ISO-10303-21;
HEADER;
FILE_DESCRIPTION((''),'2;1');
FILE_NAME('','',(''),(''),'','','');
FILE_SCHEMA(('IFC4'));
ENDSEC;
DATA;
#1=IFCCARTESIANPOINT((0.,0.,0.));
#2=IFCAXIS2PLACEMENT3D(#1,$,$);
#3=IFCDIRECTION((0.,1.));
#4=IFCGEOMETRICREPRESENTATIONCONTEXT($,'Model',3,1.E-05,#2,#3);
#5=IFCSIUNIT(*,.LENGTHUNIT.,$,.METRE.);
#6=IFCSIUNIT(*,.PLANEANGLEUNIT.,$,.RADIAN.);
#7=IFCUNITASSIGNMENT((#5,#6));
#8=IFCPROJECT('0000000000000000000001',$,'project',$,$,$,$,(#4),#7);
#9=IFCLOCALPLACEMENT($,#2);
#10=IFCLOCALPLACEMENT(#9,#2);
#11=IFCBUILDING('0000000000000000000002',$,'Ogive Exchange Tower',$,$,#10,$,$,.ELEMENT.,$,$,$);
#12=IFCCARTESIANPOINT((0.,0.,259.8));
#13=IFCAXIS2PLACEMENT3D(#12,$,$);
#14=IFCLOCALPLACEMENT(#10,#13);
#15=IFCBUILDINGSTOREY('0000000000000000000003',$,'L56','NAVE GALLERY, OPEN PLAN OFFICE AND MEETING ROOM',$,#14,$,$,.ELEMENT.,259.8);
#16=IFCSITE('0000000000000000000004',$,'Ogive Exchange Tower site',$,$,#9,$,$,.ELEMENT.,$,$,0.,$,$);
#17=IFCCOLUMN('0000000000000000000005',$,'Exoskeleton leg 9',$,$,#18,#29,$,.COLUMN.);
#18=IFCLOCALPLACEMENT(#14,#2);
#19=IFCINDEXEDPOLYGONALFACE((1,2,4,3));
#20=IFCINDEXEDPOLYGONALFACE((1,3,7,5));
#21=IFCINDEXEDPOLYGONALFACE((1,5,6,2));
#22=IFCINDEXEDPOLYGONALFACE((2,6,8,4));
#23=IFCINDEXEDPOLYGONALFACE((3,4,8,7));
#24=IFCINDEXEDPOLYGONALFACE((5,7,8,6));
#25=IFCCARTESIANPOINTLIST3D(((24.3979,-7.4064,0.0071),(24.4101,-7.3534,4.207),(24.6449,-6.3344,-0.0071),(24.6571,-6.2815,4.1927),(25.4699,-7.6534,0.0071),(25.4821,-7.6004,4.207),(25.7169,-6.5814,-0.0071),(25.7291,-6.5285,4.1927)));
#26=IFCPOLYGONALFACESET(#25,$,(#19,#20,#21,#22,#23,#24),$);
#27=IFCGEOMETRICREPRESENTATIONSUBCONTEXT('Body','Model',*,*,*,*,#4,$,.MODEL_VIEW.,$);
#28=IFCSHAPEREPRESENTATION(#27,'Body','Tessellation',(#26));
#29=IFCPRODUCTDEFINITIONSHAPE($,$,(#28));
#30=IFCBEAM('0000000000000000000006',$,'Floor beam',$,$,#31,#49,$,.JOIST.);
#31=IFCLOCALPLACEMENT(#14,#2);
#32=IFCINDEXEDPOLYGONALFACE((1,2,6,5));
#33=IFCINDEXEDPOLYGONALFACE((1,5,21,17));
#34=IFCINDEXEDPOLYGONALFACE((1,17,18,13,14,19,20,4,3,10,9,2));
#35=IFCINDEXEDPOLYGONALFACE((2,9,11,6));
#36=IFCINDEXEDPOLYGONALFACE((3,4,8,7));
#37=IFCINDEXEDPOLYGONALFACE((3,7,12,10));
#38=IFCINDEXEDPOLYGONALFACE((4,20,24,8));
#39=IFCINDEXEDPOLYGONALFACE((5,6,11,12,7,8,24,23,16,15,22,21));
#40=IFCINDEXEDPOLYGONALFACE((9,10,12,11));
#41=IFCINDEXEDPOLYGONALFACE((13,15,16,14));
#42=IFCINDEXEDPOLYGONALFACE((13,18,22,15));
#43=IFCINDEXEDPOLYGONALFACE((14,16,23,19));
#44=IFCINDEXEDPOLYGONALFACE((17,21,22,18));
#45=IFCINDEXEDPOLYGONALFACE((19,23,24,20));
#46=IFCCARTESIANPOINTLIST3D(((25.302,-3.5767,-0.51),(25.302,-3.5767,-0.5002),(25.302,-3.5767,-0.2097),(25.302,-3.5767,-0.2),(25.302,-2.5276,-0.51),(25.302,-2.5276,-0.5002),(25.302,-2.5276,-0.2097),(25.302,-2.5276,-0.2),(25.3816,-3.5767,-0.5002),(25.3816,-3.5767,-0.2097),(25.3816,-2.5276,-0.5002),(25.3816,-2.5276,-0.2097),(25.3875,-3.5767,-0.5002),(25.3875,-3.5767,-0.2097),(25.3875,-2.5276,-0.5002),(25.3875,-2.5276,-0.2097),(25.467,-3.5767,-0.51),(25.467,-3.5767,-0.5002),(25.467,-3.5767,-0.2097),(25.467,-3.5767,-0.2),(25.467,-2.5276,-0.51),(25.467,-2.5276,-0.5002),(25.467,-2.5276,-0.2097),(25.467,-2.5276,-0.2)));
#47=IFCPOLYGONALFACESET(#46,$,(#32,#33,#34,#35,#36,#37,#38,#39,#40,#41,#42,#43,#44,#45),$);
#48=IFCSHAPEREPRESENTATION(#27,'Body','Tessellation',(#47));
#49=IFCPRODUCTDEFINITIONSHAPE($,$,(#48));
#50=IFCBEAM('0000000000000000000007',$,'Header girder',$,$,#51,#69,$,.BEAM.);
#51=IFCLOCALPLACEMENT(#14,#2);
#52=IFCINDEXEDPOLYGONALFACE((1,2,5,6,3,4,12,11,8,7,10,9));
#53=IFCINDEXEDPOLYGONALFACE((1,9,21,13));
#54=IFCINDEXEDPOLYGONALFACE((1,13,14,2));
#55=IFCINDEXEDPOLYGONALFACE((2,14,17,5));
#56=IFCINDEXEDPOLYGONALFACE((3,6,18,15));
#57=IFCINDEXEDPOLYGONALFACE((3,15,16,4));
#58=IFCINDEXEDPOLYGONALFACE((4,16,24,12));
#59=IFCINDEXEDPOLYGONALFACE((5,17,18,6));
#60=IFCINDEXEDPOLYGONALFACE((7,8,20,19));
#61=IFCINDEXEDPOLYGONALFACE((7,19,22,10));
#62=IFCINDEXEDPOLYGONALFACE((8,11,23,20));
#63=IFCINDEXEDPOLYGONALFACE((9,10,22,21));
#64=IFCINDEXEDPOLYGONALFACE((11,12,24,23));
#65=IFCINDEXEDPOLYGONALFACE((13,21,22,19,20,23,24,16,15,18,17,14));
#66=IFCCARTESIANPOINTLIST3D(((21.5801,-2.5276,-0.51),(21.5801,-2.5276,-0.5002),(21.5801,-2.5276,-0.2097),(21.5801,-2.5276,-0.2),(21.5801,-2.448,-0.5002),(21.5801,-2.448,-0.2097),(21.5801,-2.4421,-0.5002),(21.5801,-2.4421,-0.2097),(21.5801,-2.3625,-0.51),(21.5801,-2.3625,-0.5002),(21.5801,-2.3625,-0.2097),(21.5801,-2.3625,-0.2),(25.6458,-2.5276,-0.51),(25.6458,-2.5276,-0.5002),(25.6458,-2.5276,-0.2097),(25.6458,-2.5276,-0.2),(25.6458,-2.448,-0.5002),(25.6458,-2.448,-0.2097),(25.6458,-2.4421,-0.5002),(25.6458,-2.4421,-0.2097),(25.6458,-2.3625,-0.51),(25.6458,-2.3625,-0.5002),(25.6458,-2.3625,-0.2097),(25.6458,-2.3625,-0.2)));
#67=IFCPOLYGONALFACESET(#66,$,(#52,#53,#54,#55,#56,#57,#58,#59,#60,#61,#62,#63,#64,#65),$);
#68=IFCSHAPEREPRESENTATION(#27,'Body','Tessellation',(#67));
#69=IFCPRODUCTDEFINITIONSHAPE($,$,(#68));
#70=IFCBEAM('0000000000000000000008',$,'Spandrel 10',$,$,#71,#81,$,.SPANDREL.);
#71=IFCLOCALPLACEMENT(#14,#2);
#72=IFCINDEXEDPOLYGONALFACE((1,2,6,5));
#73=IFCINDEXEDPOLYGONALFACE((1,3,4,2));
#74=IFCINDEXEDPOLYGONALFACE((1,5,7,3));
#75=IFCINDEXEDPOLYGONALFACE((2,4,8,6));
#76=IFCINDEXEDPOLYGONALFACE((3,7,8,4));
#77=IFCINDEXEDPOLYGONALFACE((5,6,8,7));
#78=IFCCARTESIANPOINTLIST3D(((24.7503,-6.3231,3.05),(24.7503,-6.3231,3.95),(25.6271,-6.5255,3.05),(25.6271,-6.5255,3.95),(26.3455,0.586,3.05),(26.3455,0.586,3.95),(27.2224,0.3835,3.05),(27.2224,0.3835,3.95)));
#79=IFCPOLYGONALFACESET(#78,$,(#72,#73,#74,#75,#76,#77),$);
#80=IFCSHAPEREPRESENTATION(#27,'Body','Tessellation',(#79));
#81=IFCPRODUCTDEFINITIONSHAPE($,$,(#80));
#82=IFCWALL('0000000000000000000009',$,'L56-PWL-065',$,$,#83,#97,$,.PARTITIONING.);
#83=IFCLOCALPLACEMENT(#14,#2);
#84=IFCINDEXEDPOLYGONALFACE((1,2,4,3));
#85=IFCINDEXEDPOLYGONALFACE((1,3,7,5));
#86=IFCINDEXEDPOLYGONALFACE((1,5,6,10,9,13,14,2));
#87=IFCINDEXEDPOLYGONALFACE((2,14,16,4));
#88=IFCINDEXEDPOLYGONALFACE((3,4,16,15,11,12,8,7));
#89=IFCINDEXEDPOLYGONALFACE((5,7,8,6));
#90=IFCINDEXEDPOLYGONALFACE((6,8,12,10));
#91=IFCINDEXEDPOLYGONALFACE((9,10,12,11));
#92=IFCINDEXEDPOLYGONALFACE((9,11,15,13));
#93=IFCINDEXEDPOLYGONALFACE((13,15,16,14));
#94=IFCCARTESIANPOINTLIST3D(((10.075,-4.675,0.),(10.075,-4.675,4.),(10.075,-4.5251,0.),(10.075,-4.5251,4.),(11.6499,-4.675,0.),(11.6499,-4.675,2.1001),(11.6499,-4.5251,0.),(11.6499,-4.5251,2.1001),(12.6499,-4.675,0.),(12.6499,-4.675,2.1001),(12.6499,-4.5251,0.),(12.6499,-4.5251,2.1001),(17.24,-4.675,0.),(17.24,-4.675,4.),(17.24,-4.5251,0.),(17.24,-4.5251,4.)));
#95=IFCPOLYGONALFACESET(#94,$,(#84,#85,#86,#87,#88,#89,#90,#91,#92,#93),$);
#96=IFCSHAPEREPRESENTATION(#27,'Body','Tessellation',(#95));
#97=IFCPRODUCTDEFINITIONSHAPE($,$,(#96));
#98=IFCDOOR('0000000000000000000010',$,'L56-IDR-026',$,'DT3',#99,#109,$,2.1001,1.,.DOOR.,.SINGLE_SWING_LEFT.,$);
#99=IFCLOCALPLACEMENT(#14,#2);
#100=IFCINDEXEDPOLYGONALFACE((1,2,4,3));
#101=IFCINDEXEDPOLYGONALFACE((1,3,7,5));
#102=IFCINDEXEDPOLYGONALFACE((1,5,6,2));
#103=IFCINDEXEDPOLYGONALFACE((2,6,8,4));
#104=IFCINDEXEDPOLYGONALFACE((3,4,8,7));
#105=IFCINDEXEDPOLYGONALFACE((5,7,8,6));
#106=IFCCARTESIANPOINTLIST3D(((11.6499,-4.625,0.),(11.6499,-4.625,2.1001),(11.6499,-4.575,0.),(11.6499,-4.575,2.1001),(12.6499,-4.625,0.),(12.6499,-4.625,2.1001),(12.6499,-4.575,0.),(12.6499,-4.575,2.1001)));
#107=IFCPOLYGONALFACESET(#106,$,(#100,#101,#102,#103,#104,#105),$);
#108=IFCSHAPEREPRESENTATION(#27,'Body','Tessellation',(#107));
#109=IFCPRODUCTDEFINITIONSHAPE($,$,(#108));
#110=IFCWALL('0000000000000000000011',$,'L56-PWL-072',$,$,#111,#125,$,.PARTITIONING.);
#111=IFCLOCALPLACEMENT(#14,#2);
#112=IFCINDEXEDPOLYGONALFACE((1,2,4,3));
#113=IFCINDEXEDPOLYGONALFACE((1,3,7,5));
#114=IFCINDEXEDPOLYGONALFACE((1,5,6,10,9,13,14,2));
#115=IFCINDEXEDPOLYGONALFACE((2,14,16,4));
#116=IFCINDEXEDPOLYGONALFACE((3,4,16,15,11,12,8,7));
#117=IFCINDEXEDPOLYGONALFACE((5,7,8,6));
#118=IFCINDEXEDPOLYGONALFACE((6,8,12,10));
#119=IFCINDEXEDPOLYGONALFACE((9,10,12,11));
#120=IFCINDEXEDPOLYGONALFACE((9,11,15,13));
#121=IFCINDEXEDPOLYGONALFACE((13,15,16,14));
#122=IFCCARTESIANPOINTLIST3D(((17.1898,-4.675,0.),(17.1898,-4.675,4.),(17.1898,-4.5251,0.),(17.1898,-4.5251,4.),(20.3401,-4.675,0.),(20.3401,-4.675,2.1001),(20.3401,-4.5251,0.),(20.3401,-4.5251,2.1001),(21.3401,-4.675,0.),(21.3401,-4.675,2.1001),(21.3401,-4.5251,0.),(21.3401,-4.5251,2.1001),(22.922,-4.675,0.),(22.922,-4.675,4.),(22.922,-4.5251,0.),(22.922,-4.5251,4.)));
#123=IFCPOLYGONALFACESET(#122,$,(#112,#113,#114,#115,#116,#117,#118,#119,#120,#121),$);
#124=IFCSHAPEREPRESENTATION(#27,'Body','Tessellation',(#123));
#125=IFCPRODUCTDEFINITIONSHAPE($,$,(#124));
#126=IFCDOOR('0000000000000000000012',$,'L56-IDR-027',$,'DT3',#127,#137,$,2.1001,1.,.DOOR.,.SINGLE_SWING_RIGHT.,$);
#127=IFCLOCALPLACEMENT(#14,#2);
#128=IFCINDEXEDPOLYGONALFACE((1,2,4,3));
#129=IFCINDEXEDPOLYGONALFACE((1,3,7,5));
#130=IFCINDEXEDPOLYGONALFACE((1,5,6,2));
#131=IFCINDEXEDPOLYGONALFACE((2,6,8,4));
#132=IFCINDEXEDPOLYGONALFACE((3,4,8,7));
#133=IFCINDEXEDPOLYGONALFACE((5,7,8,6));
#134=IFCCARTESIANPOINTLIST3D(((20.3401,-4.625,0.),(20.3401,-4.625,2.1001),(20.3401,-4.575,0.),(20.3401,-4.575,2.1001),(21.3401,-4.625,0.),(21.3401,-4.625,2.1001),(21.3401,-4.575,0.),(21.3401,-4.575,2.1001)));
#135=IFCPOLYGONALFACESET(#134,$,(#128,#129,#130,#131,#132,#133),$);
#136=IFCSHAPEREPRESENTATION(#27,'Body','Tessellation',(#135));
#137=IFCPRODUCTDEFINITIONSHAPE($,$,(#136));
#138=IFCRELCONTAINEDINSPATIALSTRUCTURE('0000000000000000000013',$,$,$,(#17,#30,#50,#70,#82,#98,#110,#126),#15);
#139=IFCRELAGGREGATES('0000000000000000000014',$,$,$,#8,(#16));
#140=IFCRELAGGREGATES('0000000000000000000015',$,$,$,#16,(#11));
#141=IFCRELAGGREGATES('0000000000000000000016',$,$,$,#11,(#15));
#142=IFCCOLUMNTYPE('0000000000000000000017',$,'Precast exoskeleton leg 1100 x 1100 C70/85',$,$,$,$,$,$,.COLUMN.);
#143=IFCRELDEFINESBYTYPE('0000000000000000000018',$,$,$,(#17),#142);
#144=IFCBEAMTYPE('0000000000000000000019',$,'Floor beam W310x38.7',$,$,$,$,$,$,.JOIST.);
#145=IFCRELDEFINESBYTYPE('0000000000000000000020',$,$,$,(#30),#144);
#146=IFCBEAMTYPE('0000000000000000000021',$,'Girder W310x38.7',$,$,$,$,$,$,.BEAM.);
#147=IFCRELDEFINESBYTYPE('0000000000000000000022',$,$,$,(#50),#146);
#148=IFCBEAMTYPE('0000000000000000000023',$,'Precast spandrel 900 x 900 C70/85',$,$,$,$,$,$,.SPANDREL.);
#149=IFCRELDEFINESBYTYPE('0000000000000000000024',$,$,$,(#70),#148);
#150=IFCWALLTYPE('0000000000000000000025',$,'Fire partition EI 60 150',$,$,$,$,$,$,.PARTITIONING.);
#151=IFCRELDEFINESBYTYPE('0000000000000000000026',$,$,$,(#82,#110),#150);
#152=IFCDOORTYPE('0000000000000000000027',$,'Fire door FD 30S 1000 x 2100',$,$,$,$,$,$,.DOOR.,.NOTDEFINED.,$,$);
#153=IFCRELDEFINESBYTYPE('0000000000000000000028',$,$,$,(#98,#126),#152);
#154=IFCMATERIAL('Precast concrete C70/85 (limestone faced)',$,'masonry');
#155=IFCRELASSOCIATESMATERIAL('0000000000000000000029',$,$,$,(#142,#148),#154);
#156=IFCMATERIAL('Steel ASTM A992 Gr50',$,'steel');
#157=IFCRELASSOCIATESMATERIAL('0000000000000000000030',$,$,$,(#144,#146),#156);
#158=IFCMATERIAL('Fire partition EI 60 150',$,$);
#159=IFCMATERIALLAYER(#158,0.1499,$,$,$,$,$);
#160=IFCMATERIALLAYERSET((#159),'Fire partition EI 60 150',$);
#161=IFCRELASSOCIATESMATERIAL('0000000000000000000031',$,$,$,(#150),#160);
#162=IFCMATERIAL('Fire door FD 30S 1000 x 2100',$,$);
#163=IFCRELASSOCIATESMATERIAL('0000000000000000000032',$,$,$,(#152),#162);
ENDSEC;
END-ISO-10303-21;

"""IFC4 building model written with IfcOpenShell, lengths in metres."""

from ifc_helpers import new_model, si_unit, direction, frame, frame_2d, origin, origin_2d, place, context, subcontext, project, spatial, rectangle, i_section, extrude, material, layer, layer_set, material_profile, profile_set, type_object, element, fill, save


model = new_model("IFC4")

# Units and contexts
model_context = context("Model", 3, precision=1e-05, world=origin(), true_north=direction((0.0, 1.0)))
body_context = subcontext(model_context, "Body", "Model", "MODEL_VIEW")
ifc_project = project(units=[si_unit("LENGTHUNIT", "METRE"), si_unit("PLANEANGLEUNIT", "RADIAN")], contexts=[model_context])

# Site, building, storey
site_placement = place(None, origin())
site = spatial("IfcSite", under=ifc_project, at=site_placement, Name="Ogive Exchange Tower site", CompositionType="ELEMENT", RefElevation=0.0)
building_placement = place(site_placement, origin())
building = spatial("IfcBuilding", under=site, at=building_placement, Name="Ogive Exchange Tower", CompositionType="ELEMENT")
storey_placement = place(building_placement, frame((0.0, 0.0, 259.8)))
storey = spatial("IfcBuildingStorey", under=building, at=storey_placement, Name="L56", Description="NAVE GALLERY, OPEN PLAN OFFICE AND MEETING ROOM", CompositionType="ELEMENT", Elevation=259.8)

# Column
ifc_material_1 = material(Name="Precast concrete C70/85 (limestone faced)", Category="masonry")
ifc_material_profile_1 = material_profile(ifc_material_1, rectangle(XDim=1.1001, YDim=1.1001, at=origin_2d()), Name="1100 x 1100")
ifc_profile_set_1 = profile_set([ifc_material_profile_1], Name="Precast concrete C70/85 (limestone faced)")
column_type = type_object("IfcColumnType", Name="Precast exoskeleton leg 1100 x 1100 C70/85", PredefinedType="COLUMN", material=ifc_profile_set_1)
column_placement = place(storey_placement, frame((25.0574, -6.9939, 0.0), z_axis=(0.002906, 0.012613, 0.999916), x_axis=(-0.974467, 0.224532, 0.0)))
element("IfcColumn", 1, at=column_placement, inside=storey, type_object=column_type, Name="Exoskeleton leg 9", PredefinedType="COLUMN", context=body_context, shape_type="SweptSolid", body=[
    extrude(rectangle(XDim=1.1001, YDim=1.1001, at=origin_2d()), origin(), (0.0, 0.0, 1.0), 4.2002),
])

# Beams
ifc_material_2 = material(Name="Steel ASTM A992 Gr50", Category="steel")
ifc_material_profile_2 = material_profile(ifc_material_2, i_section(OverallWidth=0.165, OverallDepth=0.3101, WebThickness=0.0059, FlangeThickness=0.0098, at=origin_2d()), Name="W310x38.7")
ifc_profile_set_2 = profile_set([ifc_material_profile_2], Name="Steel ASTM A992 Gr50")
beam_type_1 = type_object("IfcBeamType", Name="Floor beam W310x38.7", PredefinedType="JOIST", material=ifc_profile_set_2)
beam_1_placement = place(storey_placement, frame((25.3845, -3.5767, -0.355), z_axis=(0.0, 1.0, 0.0), x_axis=(-1.0, 0.0, 0.0)))
element("IfcBeam", 2, at=beam_1_placement, inside=storey, type_object=beam_type_1, Name="Floor beam", PredefinedType="JOIST", context=body_context, shape_type="SweptSolid", body=[
    extrude(i_section(OverallWidth=0.165, OverallDepth=0.3101, WebThickness=0.0059, FlangeThickness=0.0098, at=origin_2d()), origin(), (0.0, 0.0, 1.0), 1.0491),
])
ifc_material_profile_3 = material_profile(ifc_material_2, i_section(OverallWidth=0.165, OverallDepth=0.3101, WebThickness=0.0059, FlangeThickness=0.0098, at=origin_2d()), Name="W310x38.7")
ifc_profile_set_3 = profile_set([ifc_material_profile_3], Name="Steel ASTM A992 Gr50")
beam_type_2 = type_object("IfcBeamType", Name="Girder W310x38.7", PredefinedType="BEAM", material=ifc_profile_set_3)
beam_2_placement = place(storey_placement, frame((21.5801, -2.4451, -0.355), z_axis=(1.0, 0.0, 0.0), x_axis=(0.0, 1.0, 0.0)))
element("IfcBeam", 3, at=beam_2_placement, inside=storey, type_object=beam_type_2, Name="Header girder", PredefinedType="BEAM", context=body_context, shape_type="SweptSolid", body=[
    extrude(i_section(OverallWidth=0.165, OverallDepth=0.3101, WebThickness=0.0059, FlangeThickness=0.0098, at=origin_2d()), origin(), (0.0, 0.0, 1.0), 4.0657),
])
ifc_material_profile_4 = material_profile(ifc_material_1, rectangle(XDim=0.8999, YDim=0.8999, at=origin_2d()), Name="900 x 900")
ifc_profile_set_4 = profile_set([ifc_material_profile_4], Name="Precast concrete C70/85 (limestone faced)")
beam_type_3 = type_object("IfcBeamType", Name="Precast spandrel 900 x 900 C70/85", PredefinedType="SPANDREL", material=ifc_profile_set_4)
beam_3_placement = place(storey_placement, frame((25.1887, -6.4243, 3.5), z_axis=(0.224973, 0.974365, 0.0), x_axis=(-0.974365, 0.224973, 0.0)))
element("IfcBeam", 4, at=beam_3_placement, inside=storey, type_object=beam_type_3, Name="Spandrel 10", PredefinedType="SPANDREL", context=body_context, shape_type="SweptSolid", body=[
    extrude(rectangle(XDim=0.8999, YDim=0.8999, at=origin_2d()), origin(), (0.0, 0.0, 1.0), 7.0908),
])

# Walls, openings, doors
ifc_material_3 = material(Name="Fire partition EI 60 150")
ifc_layer_1 = layer(ifc_material_3, 0.1499)
ifc_layer_set_1 = layer_set([ifc_layer_1], Name="Fire partition EI 60 150")
wall_type_1 = type_object("IfcWallType", Name="Fire partition EI 60 150", PredefinedType="PARTITIONING", material=ifc_layer_set_1)
wall_1_placement = place(storey_placement, frame((17.24, -4.6001, 0.0), z_axis=(0.0, 0.0, 1.0), x_axis=(-1.0, 0.0, 0.0)))
wall_1 = element("IfcWall", 5, at=wall_1_placement, inside=storey, type_object=wall_type_1, Name="L56-PWL-065", PredefinedType="PARTITIONING", context=body_context, shape_type="SweptSolid", body=[
    extrude(rectangle(XDim=7.165, YDim=0.1499, at=frame_2d((3.5825, 0.0))), origin(), (0.0, 0.0, 1.0), 4.0),
])
opening_1_placement = place(wall_1_placement, frame((4.5901, 0.0, 0.0)))
opening_1 = element("IfcOpeningElement", 6, at=opening_1_placement, cuts=wall_1, PredefinedType="OPENING", context=body_context, shape_type="SweptSolid", body=[
    extrude(rectangle(XDim=1.0, YDim=2.1001, at=frame_2d((0.5, 1.05))), frame((0.0, 0.085, 0.0), z_axis=(0.0, -1.0, 0.0), x_axis=(1.0, 0.0, 0.0)), (0.0, 0.0, 1.0), 0.1699),
])
ifc_material_4 = material(Name="Fire door FD 30S 1000 x 2100")
door_type_1 = type_object("IfcDoorType", Name="Fire door FD 30S 1000 x 2100", OperationType="NOTDEFINED", PredefinedType="DOOR", material=ifc_material_4)
door_1_placement = place(opening_1_placement, origin())
door_1 = element("IfcDoor", 7, at=door_1_placement, inside=storey, type_object=door_type_1, Name="L56-IDR-026", ObjectType="DT3", OperationType="SINGLE_SWING_LEFT", OverallHeight=2.1001, OverallWidth=1.0, PredefinedType="DOOR", context=body_context, shape_type="SweptSolid", body=[
    extrude(rectangle(XDim=1.0, YDim=2.1001, at=frame_2d((0.5, 1.05))), frame((0.0, 0.0249, 0.0), z_axis=(0.0, -1.0, 0.0), x_axis=(1.0, 0.0, 0.0)), (0.0, 0.0, 1.0), 0.05),
])
fill(opening_1, door_1)
wall_2_placement = place(storey_placement, frame((22.9221, -4.6001, 0.0), z_axis=(0.0, 0.0, 1.0), x_axis=(-1.0, 0.0, 0.0)))
wall_2 = element("IfcWall", 8, at=wall_2_placement, inside=storey, type_object=wall_type_1, Name="L56-PWL-072", PredefinedType="PARTITIONING", context=body_context, shape_type="SweptSolid", body=[
    extrude(rectangle(XDim=5.7322, YDim=0.1499, at=frame_2d((2.8662, 0.0))), origin(), (0.0, 0.0, 1.0), 4.0),
])
opening_2_placement = place(wall_2_placement, frame((1.582, 0.0, 0.0)))
opening_2 = element("IfcOpeningElement", 9, at=opening_2_placement, cuts=wall_2, PredefinedType="OPENING", context=body_context, shape_type="SweptSolid", body=[
    extrude(rectangle(XDim=1.0, YDim=2.1001, at=frame_2d((0.5, 1.05))), frame((0.0, 0.085, 0.0), z_axis=(0.0, -1.0, 0.0), x_axis=(1.0, 0.0, 0.0)), (0.0, 0.0, 1.0), 0.1699),
])
door_2_placement = place(opening_2_placement, origin())
door_2 = element("IfcDoor", 10, at=door_2_placement, inside=storey, type_object=door_type_1, Name="L56-IDR-027", ObjectType="DT3", OperationType="SINGLE_SWING_RIGHT", OverallHeight=2.1001, OverallWidth=1.0, PredefinedType="DOOR", context=body_context, shape_type="SweptSolid", body=[
    extrude(rectangle(XDim=1.0, YDim=2.1001, at=frame_2d((0.5, 1.05))), frame((0.0, 0.0249, 0.0), z_axis=(0.0, -1.0, 0.0), x_axis=(1.0, 0.0, 0.0)), (0.0, 0.0, 1.0), 0.05),
])
fill(opening_2, door_2)

save(model, "model.ifc")
